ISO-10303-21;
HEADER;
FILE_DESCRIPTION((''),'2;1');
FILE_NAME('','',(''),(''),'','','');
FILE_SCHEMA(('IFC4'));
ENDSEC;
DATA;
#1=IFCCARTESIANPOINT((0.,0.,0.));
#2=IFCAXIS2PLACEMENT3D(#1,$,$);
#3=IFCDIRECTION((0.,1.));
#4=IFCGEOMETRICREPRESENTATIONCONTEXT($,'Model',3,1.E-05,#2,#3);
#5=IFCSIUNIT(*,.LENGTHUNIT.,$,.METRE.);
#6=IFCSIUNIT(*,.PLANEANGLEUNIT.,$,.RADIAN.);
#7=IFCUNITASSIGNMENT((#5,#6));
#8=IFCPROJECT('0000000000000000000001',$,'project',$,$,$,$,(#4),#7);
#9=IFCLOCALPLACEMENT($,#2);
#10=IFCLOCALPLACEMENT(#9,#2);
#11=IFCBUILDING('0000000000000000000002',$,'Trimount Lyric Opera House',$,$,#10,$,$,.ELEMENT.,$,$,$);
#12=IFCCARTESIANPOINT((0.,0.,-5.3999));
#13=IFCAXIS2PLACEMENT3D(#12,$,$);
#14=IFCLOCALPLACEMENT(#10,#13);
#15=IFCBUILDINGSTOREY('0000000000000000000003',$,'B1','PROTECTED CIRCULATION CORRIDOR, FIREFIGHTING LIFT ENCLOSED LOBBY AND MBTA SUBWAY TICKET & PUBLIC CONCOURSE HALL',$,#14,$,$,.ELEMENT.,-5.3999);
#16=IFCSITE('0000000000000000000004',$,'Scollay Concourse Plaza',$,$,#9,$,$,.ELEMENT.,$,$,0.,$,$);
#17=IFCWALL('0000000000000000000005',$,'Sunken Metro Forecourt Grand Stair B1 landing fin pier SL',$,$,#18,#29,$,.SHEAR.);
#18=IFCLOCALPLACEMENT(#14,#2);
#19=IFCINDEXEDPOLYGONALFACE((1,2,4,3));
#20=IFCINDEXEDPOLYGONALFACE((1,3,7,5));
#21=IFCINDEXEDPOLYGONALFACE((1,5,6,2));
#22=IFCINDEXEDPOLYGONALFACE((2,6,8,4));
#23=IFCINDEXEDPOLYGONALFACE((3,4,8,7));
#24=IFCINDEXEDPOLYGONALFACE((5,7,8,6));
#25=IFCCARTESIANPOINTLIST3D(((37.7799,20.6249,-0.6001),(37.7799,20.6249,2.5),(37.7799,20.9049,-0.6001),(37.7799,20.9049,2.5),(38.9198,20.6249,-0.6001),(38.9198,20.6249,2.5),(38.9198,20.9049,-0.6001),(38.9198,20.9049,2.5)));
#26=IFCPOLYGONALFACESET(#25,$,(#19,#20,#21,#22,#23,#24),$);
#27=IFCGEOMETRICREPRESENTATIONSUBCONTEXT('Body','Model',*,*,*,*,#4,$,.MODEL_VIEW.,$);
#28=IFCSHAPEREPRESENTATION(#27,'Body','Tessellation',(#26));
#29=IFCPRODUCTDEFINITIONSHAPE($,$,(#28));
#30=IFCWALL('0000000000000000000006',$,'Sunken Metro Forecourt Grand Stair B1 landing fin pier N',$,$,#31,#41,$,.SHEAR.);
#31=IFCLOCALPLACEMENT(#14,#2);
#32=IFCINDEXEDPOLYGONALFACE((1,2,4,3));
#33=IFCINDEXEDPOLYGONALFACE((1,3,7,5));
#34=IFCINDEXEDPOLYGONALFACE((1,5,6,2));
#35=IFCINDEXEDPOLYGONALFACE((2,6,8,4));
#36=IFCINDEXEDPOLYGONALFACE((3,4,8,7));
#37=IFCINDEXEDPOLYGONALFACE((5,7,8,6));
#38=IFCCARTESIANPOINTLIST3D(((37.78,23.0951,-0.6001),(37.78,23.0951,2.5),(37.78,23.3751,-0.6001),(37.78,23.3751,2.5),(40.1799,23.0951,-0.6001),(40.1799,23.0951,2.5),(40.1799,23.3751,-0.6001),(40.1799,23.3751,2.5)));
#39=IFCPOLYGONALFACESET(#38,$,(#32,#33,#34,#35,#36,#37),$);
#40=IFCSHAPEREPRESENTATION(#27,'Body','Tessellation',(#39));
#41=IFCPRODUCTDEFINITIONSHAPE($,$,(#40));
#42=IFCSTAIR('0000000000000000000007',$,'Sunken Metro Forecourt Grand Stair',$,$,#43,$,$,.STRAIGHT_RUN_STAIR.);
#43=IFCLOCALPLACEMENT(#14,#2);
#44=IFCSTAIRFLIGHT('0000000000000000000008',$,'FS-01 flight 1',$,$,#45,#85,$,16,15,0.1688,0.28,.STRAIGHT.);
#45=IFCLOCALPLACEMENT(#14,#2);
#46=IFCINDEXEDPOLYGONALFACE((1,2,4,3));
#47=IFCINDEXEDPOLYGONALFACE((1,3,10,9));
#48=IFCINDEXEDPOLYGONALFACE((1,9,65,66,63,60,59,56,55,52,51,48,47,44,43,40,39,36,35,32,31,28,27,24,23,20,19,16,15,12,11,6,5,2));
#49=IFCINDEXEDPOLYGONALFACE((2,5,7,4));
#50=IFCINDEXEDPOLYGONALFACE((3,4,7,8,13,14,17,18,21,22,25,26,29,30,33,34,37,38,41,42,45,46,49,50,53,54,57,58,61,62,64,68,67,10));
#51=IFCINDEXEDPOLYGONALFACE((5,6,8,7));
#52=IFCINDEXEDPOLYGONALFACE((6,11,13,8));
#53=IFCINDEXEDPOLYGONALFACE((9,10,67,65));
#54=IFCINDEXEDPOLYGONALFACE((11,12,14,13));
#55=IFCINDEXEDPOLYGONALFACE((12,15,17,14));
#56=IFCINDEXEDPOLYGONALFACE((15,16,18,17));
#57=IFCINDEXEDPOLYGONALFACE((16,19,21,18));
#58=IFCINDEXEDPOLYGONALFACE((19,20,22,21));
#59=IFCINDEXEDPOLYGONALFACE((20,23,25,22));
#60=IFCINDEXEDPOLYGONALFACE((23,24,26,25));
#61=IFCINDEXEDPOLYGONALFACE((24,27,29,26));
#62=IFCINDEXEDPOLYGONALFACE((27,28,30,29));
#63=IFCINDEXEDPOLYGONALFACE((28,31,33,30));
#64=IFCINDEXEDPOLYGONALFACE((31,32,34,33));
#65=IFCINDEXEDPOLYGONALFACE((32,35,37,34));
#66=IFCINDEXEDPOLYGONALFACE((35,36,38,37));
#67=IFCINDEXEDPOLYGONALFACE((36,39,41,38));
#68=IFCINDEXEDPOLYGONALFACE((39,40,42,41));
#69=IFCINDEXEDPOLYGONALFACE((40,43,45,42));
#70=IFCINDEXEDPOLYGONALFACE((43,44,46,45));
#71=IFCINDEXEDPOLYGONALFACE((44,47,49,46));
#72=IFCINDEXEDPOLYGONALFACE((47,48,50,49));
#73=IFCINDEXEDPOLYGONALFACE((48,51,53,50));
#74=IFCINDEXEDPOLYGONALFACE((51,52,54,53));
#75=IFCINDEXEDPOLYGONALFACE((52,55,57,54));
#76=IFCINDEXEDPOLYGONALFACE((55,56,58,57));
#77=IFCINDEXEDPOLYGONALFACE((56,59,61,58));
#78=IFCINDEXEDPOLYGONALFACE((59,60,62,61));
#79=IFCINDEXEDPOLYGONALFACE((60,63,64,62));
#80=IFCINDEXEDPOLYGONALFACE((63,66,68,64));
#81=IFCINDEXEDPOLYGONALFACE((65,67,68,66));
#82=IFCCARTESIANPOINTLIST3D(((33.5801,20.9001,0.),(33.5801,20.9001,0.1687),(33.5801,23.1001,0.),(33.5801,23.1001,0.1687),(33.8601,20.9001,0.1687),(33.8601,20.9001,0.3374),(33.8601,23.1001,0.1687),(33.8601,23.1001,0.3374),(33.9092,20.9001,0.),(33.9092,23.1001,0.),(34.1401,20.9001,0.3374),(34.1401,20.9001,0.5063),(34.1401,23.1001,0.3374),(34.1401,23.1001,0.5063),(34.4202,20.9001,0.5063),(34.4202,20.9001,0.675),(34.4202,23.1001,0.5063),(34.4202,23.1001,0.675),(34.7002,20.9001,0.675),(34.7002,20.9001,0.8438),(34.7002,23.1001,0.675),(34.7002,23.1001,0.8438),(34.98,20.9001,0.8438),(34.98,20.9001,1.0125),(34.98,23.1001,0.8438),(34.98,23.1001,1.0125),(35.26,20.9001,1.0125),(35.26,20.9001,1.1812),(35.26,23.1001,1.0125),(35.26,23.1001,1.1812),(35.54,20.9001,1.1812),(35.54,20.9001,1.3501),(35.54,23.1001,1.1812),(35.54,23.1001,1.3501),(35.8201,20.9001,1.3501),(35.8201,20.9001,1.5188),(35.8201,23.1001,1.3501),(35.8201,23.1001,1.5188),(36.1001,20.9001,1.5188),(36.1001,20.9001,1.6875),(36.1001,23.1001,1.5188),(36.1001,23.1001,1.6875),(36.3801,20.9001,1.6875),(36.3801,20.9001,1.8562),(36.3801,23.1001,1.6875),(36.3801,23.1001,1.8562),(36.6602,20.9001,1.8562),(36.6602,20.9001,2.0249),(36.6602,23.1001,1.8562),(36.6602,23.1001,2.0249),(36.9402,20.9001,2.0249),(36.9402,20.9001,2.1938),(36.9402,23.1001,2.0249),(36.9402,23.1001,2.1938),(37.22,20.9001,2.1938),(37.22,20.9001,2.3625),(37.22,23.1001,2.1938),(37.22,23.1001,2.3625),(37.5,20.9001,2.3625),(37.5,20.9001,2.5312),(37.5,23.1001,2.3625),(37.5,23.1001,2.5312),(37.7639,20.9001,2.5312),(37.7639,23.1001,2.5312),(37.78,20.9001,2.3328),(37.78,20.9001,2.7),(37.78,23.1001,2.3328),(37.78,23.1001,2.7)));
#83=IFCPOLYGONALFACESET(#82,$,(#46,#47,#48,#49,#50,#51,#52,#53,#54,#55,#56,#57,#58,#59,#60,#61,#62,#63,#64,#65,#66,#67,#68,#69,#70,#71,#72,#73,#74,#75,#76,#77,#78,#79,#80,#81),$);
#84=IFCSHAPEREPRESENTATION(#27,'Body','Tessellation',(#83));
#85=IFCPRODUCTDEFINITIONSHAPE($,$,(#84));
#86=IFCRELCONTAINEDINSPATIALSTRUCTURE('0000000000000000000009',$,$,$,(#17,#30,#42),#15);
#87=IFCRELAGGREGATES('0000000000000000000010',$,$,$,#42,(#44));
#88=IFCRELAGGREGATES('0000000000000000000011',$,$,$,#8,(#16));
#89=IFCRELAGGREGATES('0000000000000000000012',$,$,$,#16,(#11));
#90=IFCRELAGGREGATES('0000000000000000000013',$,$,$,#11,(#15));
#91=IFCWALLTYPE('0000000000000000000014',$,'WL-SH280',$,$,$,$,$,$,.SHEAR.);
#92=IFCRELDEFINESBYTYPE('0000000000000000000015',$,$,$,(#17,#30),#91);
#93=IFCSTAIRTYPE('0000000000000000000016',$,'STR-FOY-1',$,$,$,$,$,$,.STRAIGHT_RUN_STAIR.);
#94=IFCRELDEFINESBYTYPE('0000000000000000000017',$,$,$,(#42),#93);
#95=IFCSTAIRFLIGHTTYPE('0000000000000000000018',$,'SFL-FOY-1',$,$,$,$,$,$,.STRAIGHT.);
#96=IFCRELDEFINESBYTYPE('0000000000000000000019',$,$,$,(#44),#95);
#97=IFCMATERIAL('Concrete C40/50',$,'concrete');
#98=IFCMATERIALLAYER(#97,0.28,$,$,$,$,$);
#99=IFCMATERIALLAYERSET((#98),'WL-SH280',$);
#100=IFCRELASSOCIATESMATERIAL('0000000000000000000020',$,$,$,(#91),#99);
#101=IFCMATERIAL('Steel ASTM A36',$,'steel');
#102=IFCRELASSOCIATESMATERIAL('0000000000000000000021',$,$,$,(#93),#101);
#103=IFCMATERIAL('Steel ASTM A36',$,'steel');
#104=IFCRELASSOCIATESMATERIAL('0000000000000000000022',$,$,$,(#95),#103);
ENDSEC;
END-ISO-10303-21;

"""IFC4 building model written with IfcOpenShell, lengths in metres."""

from ifc_helpers import new_model, si_unit, direction, frame, frame_2d, origin, place, context, subcontext, project, spatial, polyline, rectangle, outline, extrude, material, layer, layer_set, type_object, element, aggregate, save


model = new_model("IFC4")

# Units and contexts
model_context = context("Model", 3, precision=1e-05, world=origin(), true_north=direction((0.0, 1.0)))
body_context = subcontext(model_context, "Body", "Model", "MODEL_VIEW")
ifc_project = project(units=[si_unit("LENGTHUNIT", "METRE"), si_unit("PLANEANGLEUNIT", "RADIAN")], contexts=[model_context])

# Site, building, storey
site_placement = place(None, origin())
site = spatial("IfcSite", under=ifc_project, at=site_placement, Name="Scollay Concourse Plaza", CompositionType="ELEMENT", RefElevation=0.0)
building_placement = place(site_placement, origin())
building = spatial("IfcBuilding", under=site, at=building_placement, Name="Trimount Lyric Opera House", CompositionType="ELEMENT")
storey_placement = place(building_placement, frame((0.0, 0.0, -5.3999)))
storey = spatial("IfcBuildingStorey", under=building, at=storey_placement, Name="B1", Description="PROTECTED CIRCULATION CORRIDOR, FIREFIGHTING LIFT ENCLOSED LOBBY AND MBTA SUBWAY TICKET & PUBLIC CONCOURSE HALL", CompositionType="ELEMENT", Elevation=-5.3999)

# Walls
ifc_material_1 = material(Name="Concrete C40/50", Category="concrete")
ifc_layer_1 = layer(ifc_material_1, 0.28)
ifc_layer_set_1 = layer_set([ifc_layer_1], Name="WL-SH280")
wall_type = type_object("IfcWallType", Name="WL-SH280", PredefinedType="SHEAR", material=ifc_layer_set_1)
wall_1_placement = place(storey_placement, frame((37.78, 20.7649, -0.6001), z_axis=(0.0, 0.0, 1.0), x_axis=(1.0, 0.0, 0.0)))
element("IfcWall", 1, at=wall_1_placement, inside=storey, type_object=wall_type, Name="Sunken Metro Forecourt Grand Stair B1 landing fin pier SL", PredefinedType="SHEAR", context=body_context, shape_type="SweptSolid", body=[
    extrude(rectangle(XDim=1.1399, YDim=0.28, at=frame_2d((0.5698, 0.0))), origin(), (0.0, 0.0, 1.0), 3.1001),
])
wall_2_placement = place(storey_placement, frame((37.78, 23.2351, -0.6001), z_axis=(0.0, 0.0, 1.0), x_axis=(1.0, 0.0, 0.0)))
element("IfcWall", 2, at=wall_2_placement, inside=storey, type_object=wall_type, Name="Sunken Metro Forecourt Grand Stair B1 landing fin pier N", PredefinedType="SHEAR", context=body_context, shape_type="SweptSolid", body=[
    extrude(rectangle(XDim=2.3999, YDim=0.28, at=frame_2d((1.2, 0.0))), origin(), (0.0, 0.0, 1.0), 3.1001),
])

# Stair, stair flight
ifc_material_2 = material(Name="Steel ASTM A36", Category="steel")
stair_type = type_object("IfcStairType", Name="STR-FOY-1", PredefinedType="STRAIGHT_RUN_STAIR", material=ifc_material_2)
stair_placement = place(storey_placement, origin())
stair = element("IfcStair", 3, at=stair_placement, inside=storey, type_object=stair_type, Name="Sunken Metro Forecourt Grand Stair", PredefinedType="STRAIGHT_RUN_STAIR")
ifc_material_3 = material(Name="Steel ASTM A36", Category="steel")
stair_flight_type = type_object("IfcStairFlightType", Name="SFL-FOY-1", PredefinedType="STRAIGHT", material=ifc_material_3)
stair_flight_placement = place(storey_placement, frame((33.5801, 22.0, 0.0), z_axis=(0.0, 0.0, 1.0), x_axis=(1.0, 0.0, 0.0)))
stair_flight = element("IfcStairFlight", 4, at=stair_flight_placement, type_object=stair_flight_type, Name="FS-01 flight 1", NumberOfRisers=16, NumberOfTreads=15, PredefinedType="STRAIGHT", RiserHeight=0.1688, TreadLength=0.28, context=body_context, shape_type="SweptSolid", body=[
    extrude(outline(polyline([(0.0, 0.0), (0.0, 0.1687), (0.28, 0.1687), (0.28, 0.3374), (0.5601, 0.3374), (0.5601, 0.5063), (0.8401, 0.5063), (0.8401, 0.675), (1.1201, 0.675), (1.1201, 0.8438), (1.3999, 0.8438), (1.3999, 1.0125), (1.6799, 1.0125), (1.6799, 1.1812), (1.96, 1.1812), (1.96, 1.3501), (2.24, 1.3501), (2.24, 1.5188), (2.52, 1.5188), (2.52, 1.6875), (2.8, 1.6875), (2.8, 1.8562), (3.0801, 1.8562), (3.0801, 2.0249), (3.3601, 2.0249), (3.3601, 2.1938), (3.6399, 2.1938), (3.6399, 2.3625), (3.9199, 2.3625), (3.9199, 2.5312), (4.1838, 2.5312), (4.2, 2.7), (4.2, 2.3328), (0.3291, 0.0), (0.0, 0.0)])), frame((0.0, 1.1001, 0.0), z_axis=(0.0, -1.0, 0.0), x_axis=(1.0, 0.0, 0.0)), (0.0, 0.0, 1.0), 2.2),
])
aggregate(stair, [stair_flight])

save(model, "model.ifc")
